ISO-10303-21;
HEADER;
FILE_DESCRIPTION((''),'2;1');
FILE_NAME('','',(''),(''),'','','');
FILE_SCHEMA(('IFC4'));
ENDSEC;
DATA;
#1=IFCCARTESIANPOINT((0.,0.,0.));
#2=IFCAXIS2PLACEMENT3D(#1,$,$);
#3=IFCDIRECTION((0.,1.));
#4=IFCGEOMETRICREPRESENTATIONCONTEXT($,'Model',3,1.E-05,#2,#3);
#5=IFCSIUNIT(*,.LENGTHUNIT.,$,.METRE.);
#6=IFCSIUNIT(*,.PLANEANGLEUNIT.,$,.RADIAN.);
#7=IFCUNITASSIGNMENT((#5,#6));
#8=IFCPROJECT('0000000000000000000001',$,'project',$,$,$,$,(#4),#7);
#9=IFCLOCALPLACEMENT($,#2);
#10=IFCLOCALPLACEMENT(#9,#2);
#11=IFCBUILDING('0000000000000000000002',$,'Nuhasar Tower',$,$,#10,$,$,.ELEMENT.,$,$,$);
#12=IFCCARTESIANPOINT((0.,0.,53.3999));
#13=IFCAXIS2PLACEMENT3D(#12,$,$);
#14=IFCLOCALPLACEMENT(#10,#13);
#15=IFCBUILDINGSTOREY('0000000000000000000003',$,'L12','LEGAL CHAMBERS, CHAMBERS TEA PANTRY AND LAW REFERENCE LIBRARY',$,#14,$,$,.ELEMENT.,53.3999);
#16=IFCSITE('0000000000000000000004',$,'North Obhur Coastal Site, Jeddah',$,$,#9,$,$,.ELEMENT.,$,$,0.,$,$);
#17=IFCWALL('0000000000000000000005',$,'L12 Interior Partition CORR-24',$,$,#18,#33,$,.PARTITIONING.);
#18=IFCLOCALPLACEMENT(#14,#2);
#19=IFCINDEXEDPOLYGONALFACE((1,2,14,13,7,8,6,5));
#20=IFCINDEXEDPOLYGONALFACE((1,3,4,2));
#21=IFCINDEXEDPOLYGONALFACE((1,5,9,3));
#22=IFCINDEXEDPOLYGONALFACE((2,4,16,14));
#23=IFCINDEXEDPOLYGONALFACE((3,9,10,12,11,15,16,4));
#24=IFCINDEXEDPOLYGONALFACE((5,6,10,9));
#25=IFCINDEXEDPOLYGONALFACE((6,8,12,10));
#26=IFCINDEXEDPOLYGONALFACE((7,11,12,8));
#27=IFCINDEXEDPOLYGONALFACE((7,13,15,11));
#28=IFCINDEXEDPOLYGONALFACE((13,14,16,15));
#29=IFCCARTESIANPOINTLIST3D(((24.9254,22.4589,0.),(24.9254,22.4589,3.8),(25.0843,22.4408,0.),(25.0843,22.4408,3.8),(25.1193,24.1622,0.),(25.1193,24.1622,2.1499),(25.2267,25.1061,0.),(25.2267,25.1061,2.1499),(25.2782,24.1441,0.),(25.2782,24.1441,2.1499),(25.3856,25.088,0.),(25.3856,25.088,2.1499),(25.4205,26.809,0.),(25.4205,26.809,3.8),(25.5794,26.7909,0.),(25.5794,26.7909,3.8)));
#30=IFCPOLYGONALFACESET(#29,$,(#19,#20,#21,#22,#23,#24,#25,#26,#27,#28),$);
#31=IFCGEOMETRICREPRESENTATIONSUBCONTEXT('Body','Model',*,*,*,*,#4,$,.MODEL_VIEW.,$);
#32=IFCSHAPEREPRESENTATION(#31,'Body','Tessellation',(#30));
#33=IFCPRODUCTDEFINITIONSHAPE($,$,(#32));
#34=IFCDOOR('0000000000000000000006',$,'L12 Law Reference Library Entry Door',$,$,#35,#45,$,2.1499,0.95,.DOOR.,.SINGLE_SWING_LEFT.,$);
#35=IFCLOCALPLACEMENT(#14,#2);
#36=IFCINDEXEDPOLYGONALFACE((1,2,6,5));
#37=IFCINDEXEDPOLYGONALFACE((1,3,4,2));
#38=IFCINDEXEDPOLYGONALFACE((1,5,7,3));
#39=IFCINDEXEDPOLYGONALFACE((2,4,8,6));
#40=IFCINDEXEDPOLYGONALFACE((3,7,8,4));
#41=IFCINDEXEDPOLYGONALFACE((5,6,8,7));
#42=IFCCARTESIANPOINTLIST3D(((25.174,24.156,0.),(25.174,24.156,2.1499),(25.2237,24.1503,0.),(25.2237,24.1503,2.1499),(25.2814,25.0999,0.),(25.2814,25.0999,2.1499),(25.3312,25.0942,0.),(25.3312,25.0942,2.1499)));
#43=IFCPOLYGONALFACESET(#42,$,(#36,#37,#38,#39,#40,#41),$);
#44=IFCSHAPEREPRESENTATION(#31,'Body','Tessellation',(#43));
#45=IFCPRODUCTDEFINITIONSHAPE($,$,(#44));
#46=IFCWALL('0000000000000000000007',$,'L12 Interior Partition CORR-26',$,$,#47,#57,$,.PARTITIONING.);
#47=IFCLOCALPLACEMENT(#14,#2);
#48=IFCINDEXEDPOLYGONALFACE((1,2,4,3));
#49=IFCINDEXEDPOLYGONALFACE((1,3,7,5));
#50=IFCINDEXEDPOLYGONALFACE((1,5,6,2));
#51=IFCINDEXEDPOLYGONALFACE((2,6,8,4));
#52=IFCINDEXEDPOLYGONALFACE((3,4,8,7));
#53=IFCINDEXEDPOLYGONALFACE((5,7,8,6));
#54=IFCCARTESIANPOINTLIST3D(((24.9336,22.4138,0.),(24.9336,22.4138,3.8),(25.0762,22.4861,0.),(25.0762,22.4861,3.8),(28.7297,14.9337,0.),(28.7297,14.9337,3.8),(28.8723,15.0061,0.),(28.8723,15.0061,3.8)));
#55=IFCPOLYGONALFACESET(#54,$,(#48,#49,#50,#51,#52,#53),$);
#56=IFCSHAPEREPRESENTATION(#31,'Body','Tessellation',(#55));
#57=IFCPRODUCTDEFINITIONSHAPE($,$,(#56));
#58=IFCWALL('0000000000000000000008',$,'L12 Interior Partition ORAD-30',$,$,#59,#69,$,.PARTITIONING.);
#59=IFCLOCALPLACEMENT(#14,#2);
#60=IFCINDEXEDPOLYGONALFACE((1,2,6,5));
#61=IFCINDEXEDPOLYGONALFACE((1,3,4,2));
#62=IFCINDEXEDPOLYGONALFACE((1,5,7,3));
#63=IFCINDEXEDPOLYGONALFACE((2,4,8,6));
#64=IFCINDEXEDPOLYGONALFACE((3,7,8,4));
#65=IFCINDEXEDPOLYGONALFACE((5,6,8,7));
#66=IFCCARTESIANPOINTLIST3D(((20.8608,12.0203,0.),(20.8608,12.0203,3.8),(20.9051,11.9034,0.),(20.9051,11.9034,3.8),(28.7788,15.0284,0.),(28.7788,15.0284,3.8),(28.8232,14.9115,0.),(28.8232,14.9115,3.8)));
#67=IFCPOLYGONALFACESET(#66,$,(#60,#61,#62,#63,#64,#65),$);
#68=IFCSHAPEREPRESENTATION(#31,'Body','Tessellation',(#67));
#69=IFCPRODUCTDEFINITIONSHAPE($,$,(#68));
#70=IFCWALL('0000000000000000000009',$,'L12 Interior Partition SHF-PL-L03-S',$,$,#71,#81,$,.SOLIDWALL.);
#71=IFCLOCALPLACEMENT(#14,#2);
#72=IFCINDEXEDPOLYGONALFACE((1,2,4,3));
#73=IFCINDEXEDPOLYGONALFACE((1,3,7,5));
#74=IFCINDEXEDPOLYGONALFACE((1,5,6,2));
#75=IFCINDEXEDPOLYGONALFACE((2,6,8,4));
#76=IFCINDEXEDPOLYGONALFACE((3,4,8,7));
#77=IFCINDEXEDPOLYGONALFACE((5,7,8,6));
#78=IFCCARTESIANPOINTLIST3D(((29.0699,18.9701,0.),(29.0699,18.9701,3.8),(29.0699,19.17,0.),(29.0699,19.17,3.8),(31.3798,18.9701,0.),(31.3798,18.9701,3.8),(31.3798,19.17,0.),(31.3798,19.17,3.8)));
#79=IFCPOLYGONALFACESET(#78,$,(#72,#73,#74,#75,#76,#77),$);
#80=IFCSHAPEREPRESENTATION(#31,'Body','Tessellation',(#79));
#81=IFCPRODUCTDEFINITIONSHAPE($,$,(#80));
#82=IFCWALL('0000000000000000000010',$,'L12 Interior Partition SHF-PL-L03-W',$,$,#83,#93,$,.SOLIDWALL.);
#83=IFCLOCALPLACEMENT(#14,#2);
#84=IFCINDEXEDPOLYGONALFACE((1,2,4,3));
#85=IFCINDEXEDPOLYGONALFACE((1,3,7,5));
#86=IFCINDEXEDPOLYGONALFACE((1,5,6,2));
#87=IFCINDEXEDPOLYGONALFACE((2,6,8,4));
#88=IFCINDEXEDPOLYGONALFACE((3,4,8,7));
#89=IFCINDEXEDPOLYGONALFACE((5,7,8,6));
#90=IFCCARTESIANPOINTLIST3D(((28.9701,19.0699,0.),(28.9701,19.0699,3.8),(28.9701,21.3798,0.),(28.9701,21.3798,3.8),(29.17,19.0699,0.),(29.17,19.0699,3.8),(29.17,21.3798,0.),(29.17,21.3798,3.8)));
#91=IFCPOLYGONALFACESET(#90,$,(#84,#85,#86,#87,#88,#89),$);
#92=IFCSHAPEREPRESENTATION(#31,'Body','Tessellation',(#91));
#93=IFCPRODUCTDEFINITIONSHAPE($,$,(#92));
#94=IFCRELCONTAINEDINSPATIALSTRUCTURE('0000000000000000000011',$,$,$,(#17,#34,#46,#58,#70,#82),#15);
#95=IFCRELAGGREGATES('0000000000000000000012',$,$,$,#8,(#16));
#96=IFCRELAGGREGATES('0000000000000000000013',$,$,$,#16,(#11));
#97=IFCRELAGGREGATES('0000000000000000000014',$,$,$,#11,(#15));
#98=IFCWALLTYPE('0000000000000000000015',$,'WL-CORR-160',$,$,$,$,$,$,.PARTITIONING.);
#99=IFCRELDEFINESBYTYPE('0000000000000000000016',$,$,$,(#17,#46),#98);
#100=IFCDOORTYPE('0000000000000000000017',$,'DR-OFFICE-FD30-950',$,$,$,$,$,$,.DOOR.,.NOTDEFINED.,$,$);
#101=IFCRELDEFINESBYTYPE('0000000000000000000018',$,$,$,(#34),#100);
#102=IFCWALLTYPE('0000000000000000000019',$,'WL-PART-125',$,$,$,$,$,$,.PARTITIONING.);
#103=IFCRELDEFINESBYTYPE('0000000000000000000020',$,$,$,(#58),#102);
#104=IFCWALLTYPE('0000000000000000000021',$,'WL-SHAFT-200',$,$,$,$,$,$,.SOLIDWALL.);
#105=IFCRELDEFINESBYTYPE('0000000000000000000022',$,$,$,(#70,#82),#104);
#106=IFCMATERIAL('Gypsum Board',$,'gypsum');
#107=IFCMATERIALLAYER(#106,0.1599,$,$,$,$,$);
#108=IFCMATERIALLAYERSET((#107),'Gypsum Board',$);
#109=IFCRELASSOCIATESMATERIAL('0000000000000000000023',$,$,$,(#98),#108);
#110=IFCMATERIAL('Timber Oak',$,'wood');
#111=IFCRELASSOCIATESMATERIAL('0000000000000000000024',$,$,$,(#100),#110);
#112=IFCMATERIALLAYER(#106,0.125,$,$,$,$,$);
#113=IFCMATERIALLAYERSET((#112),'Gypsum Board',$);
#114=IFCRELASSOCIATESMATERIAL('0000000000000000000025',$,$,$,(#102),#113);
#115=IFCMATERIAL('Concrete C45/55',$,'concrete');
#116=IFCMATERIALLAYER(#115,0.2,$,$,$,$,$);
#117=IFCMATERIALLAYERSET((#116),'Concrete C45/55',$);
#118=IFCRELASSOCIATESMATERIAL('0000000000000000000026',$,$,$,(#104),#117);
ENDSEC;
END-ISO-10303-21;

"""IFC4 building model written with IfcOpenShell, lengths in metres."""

from ifc_helpers import new_model, si_unit, direction, frame, frame_2d, origin, place, context, subcontext, project, spatial, rectangle, extrude, material, layer, layer_set, type_object, element, fill, save


model = new_model("IFC4")

# Units and contexts
model_context = context("Model", 3, precision=1e-05, world=origin(), true_north=direction((0.0, 1.0)))
body_context = subcontext(model_context, "Body", "Model", "MODEL_VIEW")
ifc_project = project(units=[si_unit("LENGTHUNIT", "METRE"), si_unit("PLANEANGLEUNIT", "RADIAN")], contexts=[model_context])

# Site, building, storey
site_placement = place(None, origin())
site = spatial("IfcSite", under=ifc_project, at=site_placement, Name="North Obhur Coastal Site, Jeddah", CompositionType="ELEMENT", RefElevation=0.0)
building_placement = place(site_placement, origin())
building = spatial("IfcBuilding", under=site, at=building_placement, Name="Nuhasar Tower", CompositionType="ELEMENT")
storey_placement = place(building_placement, frame((0.0, 0.0, 53.3999)))
storey = spatial("IfcBuildingStorey", under=building, at=storey_placement, Name="L12", Description="LEGAL CHAMBERS, CHAMBERS TEA PANTRY AND LAW REFERENCE LIBRARY", CompositionType="ELEMENT", Elevation=53.3999)

# Wall, opening, door
ifc_material_1 = material(Name="Gypsum Board", Category="gypsum")
ifc_layer_1 = layer(ifc_material_1, 0.1599)
ifc_layer_set_1 = layer_set([ifc_layer_1], Name="Gypsum Board")
wall_type_1 = type_object("IfcWallType", Name="WL-CORR-160", PredefinedType="PARTITIONING", material=ifc_layer_set_1)
wall_1_placement = place(storey_placement, frame((25.0049, 22.45, 0.0), z_axis=(0.0, 0.0, 1.0), x_axis=(0.113087, 0.993585, 0.0)))
wall_1 = element("IfcWall", 1, at=wall_1_placement, inside=storey, type_object=wall_type_1, Name="L12 Interior Partition CORR-24", PredefinedType="PARTITIONING", context=body_context, shape_type="SweptSolid", body=[
    extrude(rectangle(XDim=4.3782, YDim=0.1599, at=frame_2d((2.189, 0.0))), origin(), (0.0, 0.0, 1.0), 3.8),
])
opening_1_placement = place(wall_1_placement, frame((1.7141, 0.0, 0.0)))
opening_1 = element("IfcOpeningElement", 2, at=opening_1_placement, cuts=wall_1, PredefinedType="OPENING", context=body_context, shape_type="SweptSolid", body=[
    extrude(rectangle(XDim=0.95, YDim=2.1499, at=frame_2d((0.4751, 1.075))), frame((0.0, 0.0898, 0.0), z_axis=(0.0, -1.0, 0.0), x_axis=(1.0, 0.0, 0.0)), (0.0, 0.0, 1.0), 0.1799),
])
ifc_material_2 = material(Name="Timber Oak", Category="wood")
door_type_1 = type_object("IfcDoorType", Name="DR-OFFICE-FD30-950", OperationType="NOTDEFINED", PredefinedType="DOOR", material=ifc_material_2)
door_1_placement = place(opening_1_placement, origin())
door_1 = element("IfcDoor", 3, at=door_1_placement, inside=storey, type_object=door_type_1, Name="L12 Law Reference Library Entry Door", OperationType="SINGLE_SWING_LEFT", OverallHeight=2.1499, OverallWidth=0.95, PredefinedType="DOOR", context=body_context, shape_type="SweptSolid", body=[
    extrude(rectangle(XDim=0.95, YDim=2.1499, at=frame_2d((0.4751, 1.075))), frame((0.0, 0.0249, 0.0), z_axis=(0.0, -1.0, 0.0), x_axis=(1.0, 0.0, 0.0)), (0.0, 0.0, 1.0), 0.05),
])
fill(opening_1, door_1)

# Walls
wall_2_placement = place(storey_placement, frame((25.0049, 22.45, 0.0), z_axis=(0.0, 0.0, 1.0), x_axis=(0.452561, -0.891733, 0.0)))
element("IfcWall", 4, at=wall_2_placement, inside=storey, type_object=wall_type_1, Name="L12 Interior Partition CORR-26", PredefinedType="PARTITIONING", context=body_context, shape_type="SweptSolid", body=[
    extrude(rectangle(XDim=8.3882, YDim=0.1599, at=frame_2d((4.1941, 0.0))), origin(), (0.0, 0.0, 1.0), 3.8),
])
ifc_layer_2 = layer(ifc_material_1, 0.125)
ifc_layer_set_2 = layer_set([ifc_layer_2], Name="Gypsum Board")
wall_type_2 = type_object("IfcWallType", Name="WL-PART-125", PredefinedType="PARTITIONING", material=ifc_layer_set_2)
wall_3_placement = place(storey_placement, frame((28.801, 14.97, 0.0), z_axis=(0.0, 0.0, 1.0), x_axis=(-0.934814, -0.355138, 0.0)))
element("IfcWall", 5, at=wall_3_placement, inside=storey, type_object=wall_type_2, Name="L12 Interior Partition ORAD-30", PredefinedType="PARTITIONING", context=body_context, shape_type="SweptSolid", body=[
    extrude(rectangle(XDim=8.4702, YDim=0.125, at=frame_2d((4.2351, 0.0))), origin(), (0.0, 0.0, 1.0), 3.8),
])
ifc_material_3 = material(Name="Concrete C45/55", Category="concrete")
ifc_layer_3 = layer(ifc_material_3, 0.2)
ifc_layer_set_3 = layer_set([ifc_layer_3], Name="Concrete C45/55")
wall_type_3 = type_object("IfcWallType", Name="WL-SHAFT-200", PredefinedType="SOLIDWALL", material=ifc_layer_set_3)
wall_4_placement = place(storey_placement, frame((29.0701, 19.0701, 0.0), z_axis=(0.0, 0.0, 1.0), x_axis=(1.0, 0.0, 0.0)))
element("IfcWall", 6, at=wall_4_placement, inside=storey, type_object=wall_type_3, Name="L12 Interior Partition SHF-PL-L03-S", PredefinedType="SOLIDWALL", context=body_context, shape_type="SweptSolid", body=[
    extrude(rectangle(XDim=2.3098, YDim=0.2, at=frame_2d((1.1548, 0.0))), origin(), (0.0, 0.0, 1.0), 3.8),
])

# Wall
wall_5_placement = place(storey_placement, frame((29.0701, 19.0701, 0.0), z_axis=(0.0, 0.0, 1.0), x_axis=(0.0, 1.0, 0.0)))
element("IfcWall", 7, at=wall_5_placement, inside=storey, type_object=wall_type_3, Name="L12 Interior Partition SHF-PL-L03-W", PredefinedType="SOLIDWALL", context=body_context, shape_type="SweptSolid", body=[
    extrude(rectangle(XDim=2.3098, YDim=0.2, at=frame_2d((1.1548, 0.0))), origin(), (0.0, 0.0, 1.0), 3.8),
])

save(model, "model.ifc")
